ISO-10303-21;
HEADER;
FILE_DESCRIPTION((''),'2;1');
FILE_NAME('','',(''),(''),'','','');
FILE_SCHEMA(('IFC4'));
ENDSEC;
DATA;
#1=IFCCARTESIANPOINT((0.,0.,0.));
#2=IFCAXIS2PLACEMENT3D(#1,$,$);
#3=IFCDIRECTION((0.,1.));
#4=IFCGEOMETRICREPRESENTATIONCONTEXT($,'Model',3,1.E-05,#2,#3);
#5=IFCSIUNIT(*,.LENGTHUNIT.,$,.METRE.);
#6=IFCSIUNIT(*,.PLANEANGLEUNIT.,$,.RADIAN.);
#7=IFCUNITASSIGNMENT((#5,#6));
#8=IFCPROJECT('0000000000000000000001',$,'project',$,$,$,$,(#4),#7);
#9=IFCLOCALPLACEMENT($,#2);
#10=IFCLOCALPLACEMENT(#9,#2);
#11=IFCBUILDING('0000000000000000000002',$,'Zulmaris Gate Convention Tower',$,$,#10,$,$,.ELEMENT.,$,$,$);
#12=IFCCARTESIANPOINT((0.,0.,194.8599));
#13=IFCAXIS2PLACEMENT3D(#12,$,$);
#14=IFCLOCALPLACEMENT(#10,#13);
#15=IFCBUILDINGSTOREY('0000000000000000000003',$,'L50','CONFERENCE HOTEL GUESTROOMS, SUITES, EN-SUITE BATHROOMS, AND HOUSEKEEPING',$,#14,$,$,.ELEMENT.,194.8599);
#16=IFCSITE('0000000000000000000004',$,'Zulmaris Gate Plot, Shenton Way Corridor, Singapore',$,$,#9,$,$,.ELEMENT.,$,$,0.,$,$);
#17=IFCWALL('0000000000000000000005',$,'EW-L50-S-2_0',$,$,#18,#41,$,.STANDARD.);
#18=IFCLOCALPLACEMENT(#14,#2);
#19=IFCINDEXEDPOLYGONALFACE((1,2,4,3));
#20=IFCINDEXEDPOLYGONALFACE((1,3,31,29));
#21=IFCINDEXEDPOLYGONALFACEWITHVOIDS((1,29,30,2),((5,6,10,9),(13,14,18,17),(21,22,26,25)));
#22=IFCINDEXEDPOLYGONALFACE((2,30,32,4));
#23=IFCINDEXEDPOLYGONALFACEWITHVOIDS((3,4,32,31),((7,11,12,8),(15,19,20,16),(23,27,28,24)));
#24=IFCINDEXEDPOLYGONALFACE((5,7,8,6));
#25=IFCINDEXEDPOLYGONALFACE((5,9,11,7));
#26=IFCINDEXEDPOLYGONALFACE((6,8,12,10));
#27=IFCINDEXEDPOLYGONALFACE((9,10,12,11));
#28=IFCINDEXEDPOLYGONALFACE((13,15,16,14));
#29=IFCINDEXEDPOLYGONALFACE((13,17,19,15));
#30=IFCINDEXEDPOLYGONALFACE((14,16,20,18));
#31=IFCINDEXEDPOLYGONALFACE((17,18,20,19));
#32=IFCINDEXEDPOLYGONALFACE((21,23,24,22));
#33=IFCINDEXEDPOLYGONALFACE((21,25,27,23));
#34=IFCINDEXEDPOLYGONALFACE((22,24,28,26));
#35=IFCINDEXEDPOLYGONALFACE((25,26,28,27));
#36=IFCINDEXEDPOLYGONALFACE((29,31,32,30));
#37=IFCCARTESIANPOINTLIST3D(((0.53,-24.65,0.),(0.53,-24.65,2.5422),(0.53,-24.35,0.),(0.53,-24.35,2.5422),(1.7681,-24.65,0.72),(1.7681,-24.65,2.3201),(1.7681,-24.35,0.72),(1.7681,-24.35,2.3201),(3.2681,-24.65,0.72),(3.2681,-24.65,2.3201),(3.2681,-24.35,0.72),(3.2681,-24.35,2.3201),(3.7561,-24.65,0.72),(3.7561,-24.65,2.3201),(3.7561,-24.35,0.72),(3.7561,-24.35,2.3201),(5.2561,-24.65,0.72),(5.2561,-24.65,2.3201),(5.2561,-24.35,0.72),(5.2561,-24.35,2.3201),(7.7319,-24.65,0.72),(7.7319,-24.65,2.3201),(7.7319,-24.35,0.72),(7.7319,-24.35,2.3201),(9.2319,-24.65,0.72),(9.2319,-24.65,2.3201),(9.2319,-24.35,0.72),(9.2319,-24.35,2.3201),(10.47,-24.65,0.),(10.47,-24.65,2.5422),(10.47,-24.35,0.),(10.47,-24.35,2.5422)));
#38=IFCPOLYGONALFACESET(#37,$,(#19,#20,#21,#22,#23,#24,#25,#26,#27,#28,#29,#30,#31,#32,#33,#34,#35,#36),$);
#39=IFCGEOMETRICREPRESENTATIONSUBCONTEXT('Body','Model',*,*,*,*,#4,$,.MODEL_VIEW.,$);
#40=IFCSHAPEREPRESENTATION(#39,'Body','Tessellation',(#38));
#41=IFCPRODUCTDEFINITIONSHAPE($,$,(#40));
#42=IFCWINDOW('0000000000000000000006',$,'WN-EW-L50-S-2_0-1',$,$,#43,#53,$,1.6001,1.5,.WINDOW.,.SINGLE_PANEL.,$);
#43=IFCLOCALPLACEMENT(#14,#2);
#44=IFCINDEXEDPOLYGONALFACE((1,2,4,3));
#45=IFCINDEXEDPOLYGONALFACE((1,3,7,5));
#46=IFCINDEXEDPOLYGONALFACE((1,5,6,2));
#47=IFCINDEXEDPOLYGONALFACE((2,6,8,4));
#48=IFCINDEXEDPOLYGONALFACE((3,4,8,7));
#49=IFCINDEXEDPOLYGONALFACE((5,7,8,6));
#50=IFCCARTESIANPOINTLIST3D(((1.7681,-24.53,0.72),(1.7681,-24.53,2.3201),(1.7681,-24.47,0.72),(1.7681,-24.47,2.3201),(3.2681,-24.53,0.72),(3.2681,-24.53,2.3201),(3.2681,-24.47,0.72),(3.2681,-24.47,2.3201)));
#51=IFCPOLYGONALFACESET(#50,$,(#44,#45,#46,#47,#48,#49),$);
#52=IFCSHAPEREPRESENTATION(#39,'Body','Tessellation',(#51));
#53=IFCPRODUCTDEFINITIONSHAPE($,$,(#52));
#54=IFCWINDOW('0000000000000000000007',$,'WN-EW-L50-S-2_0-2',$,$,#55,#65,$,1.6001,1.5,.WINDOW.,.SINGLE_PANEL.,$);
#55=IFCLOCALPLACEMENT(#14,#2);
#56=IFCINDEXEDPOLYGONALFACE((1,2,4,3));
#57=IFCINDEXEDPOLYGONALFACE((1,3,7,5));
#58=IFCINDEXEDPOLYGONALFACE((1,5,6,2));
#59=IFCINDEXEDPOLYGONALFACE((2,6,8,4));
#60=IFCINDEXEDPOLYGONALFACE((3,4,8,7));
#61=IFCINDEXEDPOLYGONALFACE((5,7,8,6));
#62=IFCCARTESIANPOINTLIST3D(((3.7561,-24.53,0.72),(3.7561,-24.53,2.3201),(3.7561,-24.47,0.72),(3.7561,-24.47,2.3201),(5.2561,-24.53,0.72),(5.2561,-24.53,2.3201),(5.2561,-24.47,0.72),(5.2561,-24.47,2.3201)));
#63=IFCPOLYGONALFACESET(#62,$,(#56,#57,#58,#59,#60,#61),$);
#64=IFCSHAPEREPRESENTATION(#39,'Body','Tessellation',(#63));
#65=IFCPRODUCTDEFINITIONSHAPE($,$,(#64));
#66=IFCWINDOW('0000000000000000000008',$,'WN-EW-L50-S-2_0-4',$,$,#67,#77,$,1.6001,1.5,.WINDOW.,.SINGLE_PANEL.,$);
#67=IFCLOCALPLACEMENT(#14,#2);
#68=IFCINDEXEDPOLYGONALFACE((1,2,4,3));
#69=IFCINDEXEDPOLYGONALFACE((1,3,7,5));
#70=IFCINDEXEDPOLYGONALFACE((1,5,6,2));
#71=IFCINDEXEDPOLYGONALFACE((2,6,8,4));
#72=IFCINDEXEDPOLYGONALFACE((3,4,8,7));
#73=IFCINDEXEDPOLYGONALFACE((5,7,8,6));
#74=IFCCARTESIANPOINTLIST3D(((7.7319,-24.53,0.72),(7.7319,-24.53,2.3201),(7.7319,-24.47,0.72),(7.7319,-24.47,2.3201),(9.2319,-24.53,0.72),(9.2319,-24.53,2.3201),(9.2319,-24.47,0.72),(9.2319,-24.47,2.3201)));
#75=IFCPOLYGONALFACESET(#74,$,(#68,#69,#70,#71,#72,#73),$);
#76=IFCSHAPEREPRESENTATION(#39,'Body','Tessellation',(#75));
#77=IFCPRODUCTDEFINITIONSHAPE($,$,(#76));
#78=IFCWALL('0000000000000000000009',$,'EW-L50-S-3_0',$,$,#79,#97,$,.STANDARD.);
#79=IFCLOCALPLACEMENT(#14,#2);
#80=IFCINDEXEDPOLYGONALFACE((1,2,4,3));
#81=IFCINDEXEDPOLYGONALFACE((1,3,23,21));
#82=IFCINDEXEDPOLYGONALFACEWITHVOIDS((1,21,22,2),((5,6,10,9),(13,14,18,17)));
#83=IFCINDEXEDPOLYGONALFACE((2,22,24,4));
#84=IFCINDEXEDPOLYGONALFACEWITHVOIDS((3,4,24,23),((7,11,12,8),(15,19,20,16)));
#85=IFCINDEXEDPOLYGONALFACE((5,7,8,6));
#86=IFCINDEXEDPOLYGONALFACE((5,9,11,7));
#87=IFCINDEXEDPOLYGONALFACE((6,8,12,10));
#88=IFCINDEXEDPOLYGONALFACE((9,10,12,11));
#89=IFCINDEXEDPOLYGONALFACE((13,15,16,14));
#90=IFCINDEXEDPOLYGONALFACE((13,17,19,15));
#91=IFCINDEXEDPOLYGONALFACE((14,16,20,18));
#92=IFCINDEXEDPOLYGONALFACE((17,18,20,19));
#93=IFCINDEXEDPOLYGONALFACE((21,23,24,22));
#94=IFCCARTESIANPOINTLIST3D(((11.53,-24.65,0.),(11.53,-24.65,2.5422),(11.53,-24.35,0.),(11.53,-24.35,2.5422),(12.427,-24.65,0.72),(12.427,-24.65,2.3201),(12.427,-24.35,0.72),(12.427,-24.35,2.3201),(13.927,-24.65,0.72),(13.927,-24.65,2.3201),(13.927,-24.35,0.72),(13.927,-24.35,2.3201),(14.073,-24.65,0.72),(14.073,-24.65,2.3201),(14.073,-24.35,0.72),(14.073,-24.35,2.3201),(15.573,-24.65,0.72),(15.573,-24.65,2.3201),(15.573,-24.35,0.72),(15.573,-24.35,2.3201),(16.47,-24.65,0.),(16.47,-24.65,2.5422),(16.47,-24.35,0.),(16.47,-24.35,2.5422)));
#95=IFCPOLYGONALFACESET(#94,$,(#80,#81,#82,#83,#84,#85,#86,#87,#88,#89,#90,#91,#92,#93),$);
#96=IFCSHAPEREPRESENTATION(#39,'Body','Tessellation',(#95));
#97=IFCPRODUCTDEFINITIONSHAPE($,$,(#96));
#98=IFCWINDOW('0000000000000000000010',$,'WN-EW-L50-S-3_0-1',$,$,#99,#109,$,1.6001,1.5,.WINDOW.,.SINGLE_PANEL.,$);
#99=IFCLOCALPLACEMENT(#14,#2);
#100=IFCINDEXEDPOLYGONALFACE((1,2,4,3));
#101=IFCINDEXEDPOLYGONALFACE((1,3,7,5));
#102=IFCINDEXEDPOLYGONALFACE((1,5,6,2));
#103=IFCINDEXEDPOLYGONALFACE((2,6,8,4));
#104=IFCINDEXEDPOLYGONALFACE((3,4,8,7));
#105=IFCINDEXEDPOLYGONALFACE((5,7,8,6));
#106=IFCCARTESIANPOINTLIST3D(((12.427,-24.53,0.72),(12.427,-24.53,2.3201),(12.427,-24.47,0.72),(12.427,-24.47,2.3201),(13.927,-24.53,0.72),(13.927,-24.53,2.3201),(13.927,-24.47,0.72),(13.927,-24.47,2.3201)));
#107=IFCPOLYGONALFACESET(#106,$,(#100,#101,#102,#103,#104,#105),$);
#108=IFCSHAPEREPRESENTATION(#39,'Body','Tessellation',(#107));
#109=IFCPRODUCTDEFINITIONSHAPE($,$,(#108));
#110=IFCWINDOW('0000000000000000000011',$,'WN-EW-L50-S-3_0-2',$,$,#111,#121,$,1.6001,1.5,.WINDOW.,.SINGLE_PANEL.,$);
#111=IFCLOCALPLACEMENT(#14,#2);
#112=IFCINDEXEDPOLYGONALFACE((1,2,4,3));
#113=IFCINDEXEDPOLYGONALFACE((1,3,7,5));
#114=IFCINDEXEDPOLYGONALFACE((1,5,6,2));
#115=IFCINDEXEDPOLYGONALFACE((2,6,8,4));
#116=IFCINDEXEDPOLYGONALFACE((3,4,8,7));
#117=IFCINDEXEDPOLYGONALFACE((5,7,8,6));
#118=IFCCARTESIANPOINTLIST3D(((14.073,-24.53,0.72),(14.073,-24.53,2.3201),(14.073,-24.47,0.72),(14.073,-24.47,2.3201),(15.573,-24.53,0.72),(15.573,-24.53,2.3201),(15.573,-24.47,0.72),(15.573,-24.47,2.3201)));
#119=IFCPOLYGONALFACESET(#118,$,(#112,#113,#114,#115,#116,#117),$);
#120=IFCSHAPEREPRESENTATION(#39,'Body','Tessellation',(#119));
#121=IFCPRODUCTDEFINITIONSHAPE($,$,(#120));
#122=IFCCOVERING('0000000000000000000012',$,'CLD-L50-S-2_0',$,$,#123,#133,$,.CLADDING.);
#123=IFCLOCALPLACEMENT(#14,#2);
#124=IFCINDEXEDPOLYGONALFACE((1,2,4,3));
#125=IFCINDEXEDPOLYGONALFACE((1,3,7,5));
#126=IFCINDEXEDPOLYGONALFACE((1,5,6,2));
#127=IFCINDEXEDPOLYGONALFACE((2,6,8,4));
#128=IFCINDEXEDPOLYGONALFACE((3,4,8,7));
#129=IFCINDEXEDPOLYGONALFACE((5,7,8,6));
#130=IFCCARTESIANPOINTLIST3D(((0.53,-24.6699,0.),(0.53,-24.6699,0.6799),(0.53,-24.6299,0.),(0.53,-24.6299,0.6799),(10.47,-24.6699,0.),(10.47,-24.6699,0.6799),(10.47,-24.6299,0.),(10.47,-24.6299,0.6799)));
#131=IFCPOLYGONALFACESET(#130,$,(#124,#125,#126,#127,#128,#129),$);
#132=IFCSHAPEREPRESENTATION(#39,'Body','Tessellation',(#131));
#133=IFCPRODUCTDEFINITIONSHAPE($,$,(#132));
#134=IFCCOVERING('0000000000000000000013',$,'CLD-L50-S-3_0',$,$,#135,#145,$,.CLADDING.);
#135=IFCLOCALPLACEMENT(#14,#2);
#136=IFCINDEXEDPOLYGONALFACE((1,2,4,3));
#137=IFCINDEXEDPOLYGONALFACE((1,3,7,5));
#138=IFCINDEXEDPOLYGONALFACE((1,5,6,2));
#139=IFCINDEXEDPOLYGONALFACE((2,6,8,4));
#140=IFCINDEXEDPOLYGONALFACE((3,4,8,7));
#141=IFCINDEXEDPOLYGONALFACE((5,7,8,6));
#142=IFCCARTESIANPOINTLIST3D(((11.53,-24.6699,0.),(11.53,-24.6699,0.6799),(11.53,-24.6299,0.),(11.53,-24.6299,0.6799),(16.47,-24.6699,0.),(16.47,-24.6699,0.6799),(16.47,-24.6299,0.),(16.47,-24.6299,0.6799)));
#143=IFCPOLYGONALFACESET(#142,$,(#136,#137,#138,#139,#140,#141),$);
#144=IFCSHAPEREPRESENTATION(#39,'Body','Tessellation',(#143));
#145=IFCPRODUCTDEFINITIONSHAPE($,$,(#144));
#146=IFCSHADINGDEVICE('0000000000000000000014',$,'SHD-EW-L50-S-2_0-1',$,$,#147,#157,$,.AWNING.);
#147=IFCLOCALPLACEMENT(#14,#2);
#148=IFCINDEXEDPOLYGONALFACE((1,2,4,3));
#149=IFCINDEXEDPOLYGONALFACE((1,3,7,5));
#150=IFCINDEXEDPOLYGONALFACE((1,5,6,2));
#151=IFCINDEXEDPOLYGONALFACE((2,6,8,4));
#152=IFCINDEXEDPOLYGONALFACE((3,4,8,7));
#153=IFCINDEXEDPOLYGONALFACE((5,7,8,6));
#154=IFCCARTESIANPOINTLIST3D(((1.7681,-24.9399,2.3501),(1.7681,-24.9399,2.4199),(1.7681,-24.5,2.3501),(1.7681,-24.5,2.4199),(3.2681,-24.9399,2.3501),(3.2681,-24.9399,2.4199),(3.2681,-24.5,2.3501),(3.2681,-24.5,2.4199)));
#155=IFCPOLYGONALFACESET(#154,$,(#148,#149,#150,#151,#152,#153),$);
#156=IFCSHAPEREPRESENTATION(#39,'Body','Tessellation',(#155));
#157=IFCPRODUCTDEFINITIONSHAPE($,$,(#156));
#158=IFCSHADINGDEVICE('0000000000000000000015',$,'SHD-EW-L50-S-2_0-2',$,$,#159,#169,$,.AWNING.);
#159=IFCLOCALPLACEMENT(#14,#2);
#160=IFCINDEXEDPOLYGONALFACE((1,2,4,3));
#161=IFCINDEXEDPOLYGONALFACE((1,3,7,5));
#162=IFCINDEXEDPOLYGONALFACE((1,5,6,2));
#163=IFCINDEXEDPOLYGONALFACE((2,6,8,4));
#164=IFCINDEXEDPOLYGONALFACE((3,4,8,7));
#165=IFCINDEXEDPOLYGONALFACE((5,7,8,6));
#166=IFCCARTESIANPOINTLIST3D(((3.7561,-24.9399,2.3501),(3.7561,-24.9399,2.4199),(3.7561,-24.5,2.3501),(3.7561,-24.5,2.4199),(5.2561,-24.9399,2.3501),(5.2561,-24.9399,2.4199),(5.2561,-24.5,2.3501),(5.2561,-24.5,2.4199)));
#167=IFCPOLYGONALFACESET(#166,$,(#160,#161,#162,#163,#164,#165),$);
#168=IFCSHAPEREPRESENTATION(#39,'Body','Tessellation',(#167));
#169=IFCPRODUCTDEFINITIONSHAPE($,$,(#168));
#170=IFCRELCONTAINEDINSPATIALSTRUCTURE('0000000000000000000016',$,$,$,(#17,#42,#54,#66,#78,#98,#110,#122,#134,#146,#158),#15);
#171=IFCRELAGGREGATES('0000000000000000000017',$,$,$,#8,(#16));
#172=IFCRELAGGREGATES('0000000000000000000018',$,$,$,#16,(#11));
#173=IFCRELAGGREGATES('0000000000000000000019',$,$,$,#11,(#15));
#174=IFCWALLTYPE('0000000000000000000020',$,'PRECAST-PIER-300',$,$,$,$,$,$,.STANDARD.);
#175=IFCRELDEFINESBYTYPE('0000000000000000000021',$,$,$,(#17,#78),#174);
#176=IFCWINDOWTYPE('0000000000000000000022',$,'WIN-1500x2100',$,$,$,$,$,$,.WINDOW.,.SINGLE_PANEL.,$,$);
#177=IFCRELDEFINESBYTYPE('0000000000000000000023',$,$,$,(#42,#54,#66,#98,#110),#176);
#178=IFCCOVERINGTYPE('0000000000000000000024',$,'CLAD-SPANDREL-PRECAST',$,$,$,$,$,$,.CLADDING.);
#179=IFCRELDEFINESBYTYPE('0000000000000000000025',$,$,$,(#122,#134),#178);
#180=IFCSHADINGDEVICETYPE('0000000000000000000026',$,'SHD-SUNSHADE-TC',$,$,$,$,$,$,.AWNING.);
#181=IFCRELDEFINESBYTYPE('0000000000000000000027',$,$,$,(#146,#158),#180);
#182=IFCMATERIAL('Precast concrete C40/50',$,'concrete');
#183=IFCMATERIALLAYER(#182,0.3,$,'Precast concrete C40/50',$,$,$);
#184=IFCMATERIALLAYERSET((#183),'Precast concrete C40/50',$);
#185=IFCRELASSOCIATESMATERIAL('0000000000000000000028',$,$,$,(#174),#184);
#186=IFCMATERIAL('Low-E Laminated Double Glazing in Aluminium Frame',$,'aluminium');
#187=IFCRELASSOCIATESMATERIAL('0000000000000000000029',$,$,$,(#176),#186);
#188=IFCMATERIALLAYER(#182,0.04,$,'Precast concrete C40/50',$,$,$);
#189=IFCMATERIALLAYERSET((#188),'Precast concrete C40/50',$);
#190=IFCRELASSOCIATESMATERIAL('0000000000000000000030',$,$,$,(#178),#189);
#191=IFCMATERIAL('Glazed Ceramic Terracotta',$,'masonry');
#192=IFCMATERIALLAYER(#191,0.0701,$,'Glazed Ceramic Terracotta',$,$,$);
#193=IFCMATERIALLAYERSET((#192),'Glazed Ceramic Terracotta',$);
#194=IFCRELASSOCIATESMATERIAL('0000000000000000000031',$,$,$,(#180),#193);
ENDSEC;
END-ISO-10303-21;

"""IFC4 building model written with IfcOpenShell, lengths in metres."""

from ifc_helpers import new_model, si_unit, direction, frame, frame_2d, origin, place, context, subcontext, project, spatial, rectangle, extrude, material, layer, layer_set, type_object, element, fill, save


model = new_model("IFC4")

# Units and contexts
model_context = context("Model", 3, precision=1e-05, world=origin(), true_north=direction((0.0, 1.0)))
body_context = subcontext(model_context, "Body", "Model", "MODEL_VIEW")
ifc_project = project(units=[si_unit("LENGTHUNIT", "METRE"), si_unit("PLANEANGLEUNIT", "RADIAN")], contexts=[model_context])

# Site, building, storey
site_placement = place(None, origin())
site = spatial("IfcSite", under=ifc_project, at=site_placement, Name="Zulmaris Gate Plot, Shenton Way Corridor, Singapore", CompositionType="ELEMENT", RefElevation=0.0)
building_placement = place(site_placement, origin())
building = spatial("IfcBuilding", under=site, at=building_placement, Name="Zulmaris Gate Convention Tower", CompositionType="ELEMENT")
storey_placement = place(building_placement, frame((0.0, 0.0, 194.8599)))
storey = spatial("IfcBuildingStorey", under=building, at=storey_placement, Name="L50", Description="CONFERENCE HOTEL GUESTROOMS, SUITES, EN-SUITE BATHROOMS, AND HOUSEKEEPING", CompositionType="ELEMENT", Elevation=194.8599)

# Walls, openings, windows
ifc_material_1 = material(Name="Precast concrete C40/50", Category="concrete")
ifc_layer_1 = layer(ifc_material_1, 0.3, Name="Precast concrete C40/50")
ifc_layer_set_1 = layer_set([ifc_layer_1], Name="Precast concrete C40/50")
wall_type_1 = type_object("IfcWallType", Name="PRECAST-PIER-300", PredefinedType="STANDARD", material=ifc_layer_set_1)
wall_1_placement = place(storey_placement, frame((0.53, -24.5, 0.0), z_axis=(0.0, 0.0, 1.0), x_axis=(1.0, 0.0, 0.0)))
wall_1 = element("IfcWall", 1, at=wall_1_placement, inside=storey, type_object=wall_type_1, Name="EW-L50-S-2_0", PredefinedType="STANDARD", context=body_context, shape_type="SweptSolid", body=[
    extrude(rectangle(XDim=9.9399, YDim=0.3, at=frame_2d((4.97, 0.0))), origin(), (0.0, 0.0, 1.0), 2.5422),
])
opening_1_placement = place(wall_1_placement, frame((1.238, 0.0, 0.72)))
opening_1 = element("IfcOpeningElement", 2, at=opening_1_placement, cuts=wall_1, PredefinedType="OPENING", context=body_context, shape_type="SweptSolid", body=[
    extrude(rectangle(XDim=1.5, YDim=1.6001, at=frame_2d((0.75, 0.8))), frame((0.0, 0.1602, 0.0), z_axis=(0.0, -1.0, 0.0), x_axis=(1.0, 0.0, 0.0)), (0.0, 0.0, 1.0), 0.3201),
])
opening_2_placement = place(wall_1_placement, frame((3.2261, 0.0, 0.72)))
opening_2 = element("IfcOpeningElement", 3, at=opening_2_placement, cuts=wall_1, PredefinedType="OPENING", context=body_context, shape_type="SweptSolid", body=[
    extrude(rectangle(XDim=1.5, YDim=1.6001, at=frame_2d((0.75, 0.8))), frame((0.0, 0.1602, 0.0), z_axis=(0.0, -1.0, 0.0), x_axis=(1.0, 0.0, 0.0)), (0.0, 0.0, 1.0), 0.3201),
])
opening_3_placement = place(wall_1_placement, frame((7.2019, 0.0, 0.72)))
opening_3 = element("IfcOpeningElement", 4, at=opening_3_placement, cuts=wall_1, PredefinedType="OPENING", context=body_context, shape_type="SweptSolid", body=[
    extrude(rectangle(XDim=1.5, YDim=1.6001, at=frame_2d((0.75, 0.8))), frame((0.0, 0.1602, 0.0), z_axis=(0.0, -1.0, 0.0), x_axis=(1.0, 0.0, 0.0)), (0.0, 0.0, 1.0), 0.3201),
])
ifc_material_2 = material(Name="Low-E Laminated Double Glazing in Aluminium Frame", Category="aluminium")
window_type = type_object("IfcWindowType", Name="WIN-1500x2100", PartitioningType="SINGLE_PANEL", PredefinedType="WINDOW", material=ifc_material_2)
window_1_placement = place(opening_1_placement, origin())
window_1 = element("IfcWindow", 5, at=window_1_placement, inside=storey, type_object=window_type, Name="WN-EW-L50-S-2_0-1", OverallHeight=1.6001, OverallWidth=1.5, PartitioningType="SINGLE_PANEL", PredefinedType="WINDOW", context=body_context, shape_type="SweptSolid", body=[
    extrude(rectangle(XDim=1.5, YDim=1.6001, at=frame_2d((0.75, 0.8))), frame((0.0, 0.03, 0.0), z_axis=(0.0, -1.0, 0.0), x_axis=(1.0, 0.0, 0.0)), (0.0, 0.0, 1.0), 0.0601),
])
fill(opening_1, window_1)
window_2_placement = place(opening_2_placement, origin())
window_2 = element("IfcWindow", 6, at=window_2_placement, inside=storey, type_object=window_type, Name="WN-EW-L50-S-2_0-2", OverallHeight=1.6001, OverallWidth=1.5, PartitioningType="SINGLE_PANEL", PredefinedType="WINDOW", context=body_context, shape_type="SweptSolid", body=[
    extrude(rectangle(XDim=1.5, YDim=1.6001, at=frame_2d((0.75, 0.8))), frame((0.0, 0.03, 0.0), z_axis=(0.0, -1.0, 0.0), x_axis=(1.0, 0.0, 0.0)), (0.0, 0.0, 1.0), 0.0601),
])
fill(opening_2, window_2)
window_3_placement = place(opening_3_placement, origin())
window_3 = element("IfcWindow", 7, at=window_3_placement, inside=storey, type_object=window_type, Name="WN-EW-L50-S-2_0-4", OverallHeight=1.6001, OverallWidth=1.5, PartitioningType="SINGLE_PANEL", PredefinedType="WINDOW", context=body_context, shape_type="SweptSolid", body=[
    extrude(rectangle(XDim=1.5, YDim=1.6001, at=frame_2d((0.75, 0.8))), frame((0.0, 0.03, 0.0), z_axis=(0.0, -1.0, 0.0), x_axis=(1.0, 0.0, 0.0)), (0.0, 0.0, 1.0), 0.0601),
])
fill(opening_3, window_3)
wall_2_placement = place(storey_placement, frame((11.53, -24.5, 0.0), z_axis=(0.0, 0.0, 1.0), x_axis=(1.0, 0.0, 0.0)))
wall_2 = element("IfcWall", 8, at=wall_2_placement, inside=storey, type_object=wall_type_1, Name="EW-L50-S-3_0", PredefinedType="STANDARD", context=body_context, shape_type="SweptSolid", body=[
    extrude(rectangle(XDim=4.9399, YDim=0.3, at=frame_2d((2.47, 0.0))), origin(), (0.0, 0.0, 1.0), 2.5422),
])
opening_4_placement = place(wall_2_placement, frame((0.897, 0.0, 0.72)))
opening_4 = element("IfcOpeningElement", 9, at=opening_4_placement, cuts=wall_2, PredefinedType="OPENING", context=body_context, shape_type="SweptSolid", body=[
    extrude(rectangle(XDim=1.5, YDim=1.6001, at=frame_2d((0.75, 0.8))), frame((0.0, 0.1602, 0.0), z_axis=(0.0, -1.0, 0.0), x_axis=(1.0, 0.0, 0.0)), (0.0, 0.0, 1.0), 0.3201),
])
opening_5_placement = place(wall_2_placement, frame((2.543, 0.0, 0.72)))
opening_5 = element("IfcOpeningElement", 10, at=opening_5_placement, cuts=wall_2, PredefinedType="OPENING", context=body_context, shape_type="SweptSolid", body=[
    extrude(rectangle(XDim=1.5, YDim=1.6001, at=frame_2d((0.75, 0.8))), frame((0.0, 0.1602, 0.0), z_axis=(0.0, -1.0, 0.0), x_axis=(1.0, 0.0, 0.0)), (0.0, 0.0, 1.0), 0.3201),
])
window_4_placement = place(opening_4_placement, origin())
window_4 = element("IfcWindow", 11, at=window_4_placement, inside=storey, type_object=window_type, Name="WN-EW-L50-S-3_0-1", OverallHeight=1.6001, OverallWidth=1.5, PartitioningType="SINGLE_PANEL", PredefinedType="WINDOW", context=body_context, shape_type="SweptSolid", body=[
    extrude(rectangle(XDim=1.5, YDim=1.6001, at=frame_2d((0.75, 0.8))), frame((0.0, 0.03, 0.0), z_axis=(0.0, -1.0, 0.0), x_axis=(1.0, 0.0, 0.0)), (0.0, 0.0, 1.0), 0.0601),
])
fill(opening_4, window_4)
window_5_placement = place(opening_5_placement, origin())
window_5 = element("IfcWindow", 12, at=window_5_placement, inside=storey, type_object=window_type, Name="WN-EW-L50-S-3_0-2", OverallHeight=1.6001, OverallWidth=1.5, PartitioningType="SINGLE_PANEL", PredefinedType="WINDOW", context=body_context, shape_type="SweptSolid", body=[
    extrude(rectangle(XDim=1.5, YDim=1.6001, at=frame_2d((0.75, 0.8))), frame((0.0, 0.03, 0.0), z_axis=(0.0, -1.0, 0.0), x_axis=(1.0, 0.0, 0.0)), (0.0, 0.0, 1.0), 0.0601),
])
fill(opening_5, window_5)

# Coverings
ifc_layer_2 = layer(ifc_material_1, 0.04, Name="Precast concrete C40/50")
ifc_layer_set_2 = layer_set([ifc_layer_2], Name="Precast concrete C40/50")
covering_type = type_object("IfcCoveringType", Name="CLAD-SPANDREL-PRECAST", PredefinedType="CLADDING", material=ifc_layer_set_2)
covering_1_placement = place(storey_placement, frame((0.53, -24.6499, 0.0), z_axis=(0.0, 0.0, 1.0), x_axis=(1.0, 0.0, 0.0)))
element("IfcCovering", 13, at=covering_1_placement, inside=storey, type_object=covering_type, Name="CLD-L50-S-2_0", PredefinedType="CLADDING", context=body_context, shape_type="SweptSolid", body=[
    extrude(rectangle(XDim=9.9399, YDim=0.04, at=frame_2d((4.97, 0.0))), origin(), (0.0, 0.0, 1.0), 0.6799),
])
covering_2_placement = place(storey_placement, frame((11.53, -24.6499, 0.0), z_axis=(0.0, 0.0, 1.0), x_axis=(1.0, 0.0, 0.0)))
element("IfcCovering", 14, at=covering_2_placement, inside=storey, type_object=covering_type, Name="CLD-L50-S-3_0", PredefinedType="CLADDING", context=body_context, shape_type="SweptSolid", body=[
    extrude(rectangle(XDim=4.9399, YDim=0.04, at=frame_2d((2.47, 0.0))), origin(), (0.0, 0.0, 1.0), 0.6799),
])

# Shading devices
ifc_material_3 = material(Name="Glazed Ceramic Terracotta", Category="masonry")
ifc_layer_3 = layer(ifc_material_3, 0.0701, Name="Glazed Ceramic Terracotta")
ifc_layer_set_3 = layer_set([ifc_layer_3], Name="Glazed Ceramic Terracotta")
shading_device_type = type_object("IfcShadingDeviceType", Name="SHD-SUNSHADE-TC", PredefinedType="AWNING", material=ifc_layer_set_3)
for number, where, z_axis, x_axis, name in (
    (15, (1.7681, -24.72, 2.3501), (0.0, 0.0, 1.0), (1.0, 0.0, 0.0), "SHD-EW-L50-S-2_0-1"),
    (16, (3.7561, -24.72, 2.3501), (0.0, 0.0, 1.0), (1.0, 0.0, 0.0), "SHD-EW-L50-S-2_0-2"),
):
    element("IfcShadingDevice", number, at=place(storey_placement, frame(where, z_axis=z_axis, x_axis=x_axis)), inside=storey, type_object=shading_device_type, Name=name, PredefinedType="AWNING", context=body_context, shape_type="SweptSolid", body=[
        extrude(rectangle(XDim=1.5, YDim=0.4399, at=frame_2d((0.75, 0.0))), origin(), (0.0, 0.0, 1.0), 0.0698),
    ])

save(model, "model.ifc")
